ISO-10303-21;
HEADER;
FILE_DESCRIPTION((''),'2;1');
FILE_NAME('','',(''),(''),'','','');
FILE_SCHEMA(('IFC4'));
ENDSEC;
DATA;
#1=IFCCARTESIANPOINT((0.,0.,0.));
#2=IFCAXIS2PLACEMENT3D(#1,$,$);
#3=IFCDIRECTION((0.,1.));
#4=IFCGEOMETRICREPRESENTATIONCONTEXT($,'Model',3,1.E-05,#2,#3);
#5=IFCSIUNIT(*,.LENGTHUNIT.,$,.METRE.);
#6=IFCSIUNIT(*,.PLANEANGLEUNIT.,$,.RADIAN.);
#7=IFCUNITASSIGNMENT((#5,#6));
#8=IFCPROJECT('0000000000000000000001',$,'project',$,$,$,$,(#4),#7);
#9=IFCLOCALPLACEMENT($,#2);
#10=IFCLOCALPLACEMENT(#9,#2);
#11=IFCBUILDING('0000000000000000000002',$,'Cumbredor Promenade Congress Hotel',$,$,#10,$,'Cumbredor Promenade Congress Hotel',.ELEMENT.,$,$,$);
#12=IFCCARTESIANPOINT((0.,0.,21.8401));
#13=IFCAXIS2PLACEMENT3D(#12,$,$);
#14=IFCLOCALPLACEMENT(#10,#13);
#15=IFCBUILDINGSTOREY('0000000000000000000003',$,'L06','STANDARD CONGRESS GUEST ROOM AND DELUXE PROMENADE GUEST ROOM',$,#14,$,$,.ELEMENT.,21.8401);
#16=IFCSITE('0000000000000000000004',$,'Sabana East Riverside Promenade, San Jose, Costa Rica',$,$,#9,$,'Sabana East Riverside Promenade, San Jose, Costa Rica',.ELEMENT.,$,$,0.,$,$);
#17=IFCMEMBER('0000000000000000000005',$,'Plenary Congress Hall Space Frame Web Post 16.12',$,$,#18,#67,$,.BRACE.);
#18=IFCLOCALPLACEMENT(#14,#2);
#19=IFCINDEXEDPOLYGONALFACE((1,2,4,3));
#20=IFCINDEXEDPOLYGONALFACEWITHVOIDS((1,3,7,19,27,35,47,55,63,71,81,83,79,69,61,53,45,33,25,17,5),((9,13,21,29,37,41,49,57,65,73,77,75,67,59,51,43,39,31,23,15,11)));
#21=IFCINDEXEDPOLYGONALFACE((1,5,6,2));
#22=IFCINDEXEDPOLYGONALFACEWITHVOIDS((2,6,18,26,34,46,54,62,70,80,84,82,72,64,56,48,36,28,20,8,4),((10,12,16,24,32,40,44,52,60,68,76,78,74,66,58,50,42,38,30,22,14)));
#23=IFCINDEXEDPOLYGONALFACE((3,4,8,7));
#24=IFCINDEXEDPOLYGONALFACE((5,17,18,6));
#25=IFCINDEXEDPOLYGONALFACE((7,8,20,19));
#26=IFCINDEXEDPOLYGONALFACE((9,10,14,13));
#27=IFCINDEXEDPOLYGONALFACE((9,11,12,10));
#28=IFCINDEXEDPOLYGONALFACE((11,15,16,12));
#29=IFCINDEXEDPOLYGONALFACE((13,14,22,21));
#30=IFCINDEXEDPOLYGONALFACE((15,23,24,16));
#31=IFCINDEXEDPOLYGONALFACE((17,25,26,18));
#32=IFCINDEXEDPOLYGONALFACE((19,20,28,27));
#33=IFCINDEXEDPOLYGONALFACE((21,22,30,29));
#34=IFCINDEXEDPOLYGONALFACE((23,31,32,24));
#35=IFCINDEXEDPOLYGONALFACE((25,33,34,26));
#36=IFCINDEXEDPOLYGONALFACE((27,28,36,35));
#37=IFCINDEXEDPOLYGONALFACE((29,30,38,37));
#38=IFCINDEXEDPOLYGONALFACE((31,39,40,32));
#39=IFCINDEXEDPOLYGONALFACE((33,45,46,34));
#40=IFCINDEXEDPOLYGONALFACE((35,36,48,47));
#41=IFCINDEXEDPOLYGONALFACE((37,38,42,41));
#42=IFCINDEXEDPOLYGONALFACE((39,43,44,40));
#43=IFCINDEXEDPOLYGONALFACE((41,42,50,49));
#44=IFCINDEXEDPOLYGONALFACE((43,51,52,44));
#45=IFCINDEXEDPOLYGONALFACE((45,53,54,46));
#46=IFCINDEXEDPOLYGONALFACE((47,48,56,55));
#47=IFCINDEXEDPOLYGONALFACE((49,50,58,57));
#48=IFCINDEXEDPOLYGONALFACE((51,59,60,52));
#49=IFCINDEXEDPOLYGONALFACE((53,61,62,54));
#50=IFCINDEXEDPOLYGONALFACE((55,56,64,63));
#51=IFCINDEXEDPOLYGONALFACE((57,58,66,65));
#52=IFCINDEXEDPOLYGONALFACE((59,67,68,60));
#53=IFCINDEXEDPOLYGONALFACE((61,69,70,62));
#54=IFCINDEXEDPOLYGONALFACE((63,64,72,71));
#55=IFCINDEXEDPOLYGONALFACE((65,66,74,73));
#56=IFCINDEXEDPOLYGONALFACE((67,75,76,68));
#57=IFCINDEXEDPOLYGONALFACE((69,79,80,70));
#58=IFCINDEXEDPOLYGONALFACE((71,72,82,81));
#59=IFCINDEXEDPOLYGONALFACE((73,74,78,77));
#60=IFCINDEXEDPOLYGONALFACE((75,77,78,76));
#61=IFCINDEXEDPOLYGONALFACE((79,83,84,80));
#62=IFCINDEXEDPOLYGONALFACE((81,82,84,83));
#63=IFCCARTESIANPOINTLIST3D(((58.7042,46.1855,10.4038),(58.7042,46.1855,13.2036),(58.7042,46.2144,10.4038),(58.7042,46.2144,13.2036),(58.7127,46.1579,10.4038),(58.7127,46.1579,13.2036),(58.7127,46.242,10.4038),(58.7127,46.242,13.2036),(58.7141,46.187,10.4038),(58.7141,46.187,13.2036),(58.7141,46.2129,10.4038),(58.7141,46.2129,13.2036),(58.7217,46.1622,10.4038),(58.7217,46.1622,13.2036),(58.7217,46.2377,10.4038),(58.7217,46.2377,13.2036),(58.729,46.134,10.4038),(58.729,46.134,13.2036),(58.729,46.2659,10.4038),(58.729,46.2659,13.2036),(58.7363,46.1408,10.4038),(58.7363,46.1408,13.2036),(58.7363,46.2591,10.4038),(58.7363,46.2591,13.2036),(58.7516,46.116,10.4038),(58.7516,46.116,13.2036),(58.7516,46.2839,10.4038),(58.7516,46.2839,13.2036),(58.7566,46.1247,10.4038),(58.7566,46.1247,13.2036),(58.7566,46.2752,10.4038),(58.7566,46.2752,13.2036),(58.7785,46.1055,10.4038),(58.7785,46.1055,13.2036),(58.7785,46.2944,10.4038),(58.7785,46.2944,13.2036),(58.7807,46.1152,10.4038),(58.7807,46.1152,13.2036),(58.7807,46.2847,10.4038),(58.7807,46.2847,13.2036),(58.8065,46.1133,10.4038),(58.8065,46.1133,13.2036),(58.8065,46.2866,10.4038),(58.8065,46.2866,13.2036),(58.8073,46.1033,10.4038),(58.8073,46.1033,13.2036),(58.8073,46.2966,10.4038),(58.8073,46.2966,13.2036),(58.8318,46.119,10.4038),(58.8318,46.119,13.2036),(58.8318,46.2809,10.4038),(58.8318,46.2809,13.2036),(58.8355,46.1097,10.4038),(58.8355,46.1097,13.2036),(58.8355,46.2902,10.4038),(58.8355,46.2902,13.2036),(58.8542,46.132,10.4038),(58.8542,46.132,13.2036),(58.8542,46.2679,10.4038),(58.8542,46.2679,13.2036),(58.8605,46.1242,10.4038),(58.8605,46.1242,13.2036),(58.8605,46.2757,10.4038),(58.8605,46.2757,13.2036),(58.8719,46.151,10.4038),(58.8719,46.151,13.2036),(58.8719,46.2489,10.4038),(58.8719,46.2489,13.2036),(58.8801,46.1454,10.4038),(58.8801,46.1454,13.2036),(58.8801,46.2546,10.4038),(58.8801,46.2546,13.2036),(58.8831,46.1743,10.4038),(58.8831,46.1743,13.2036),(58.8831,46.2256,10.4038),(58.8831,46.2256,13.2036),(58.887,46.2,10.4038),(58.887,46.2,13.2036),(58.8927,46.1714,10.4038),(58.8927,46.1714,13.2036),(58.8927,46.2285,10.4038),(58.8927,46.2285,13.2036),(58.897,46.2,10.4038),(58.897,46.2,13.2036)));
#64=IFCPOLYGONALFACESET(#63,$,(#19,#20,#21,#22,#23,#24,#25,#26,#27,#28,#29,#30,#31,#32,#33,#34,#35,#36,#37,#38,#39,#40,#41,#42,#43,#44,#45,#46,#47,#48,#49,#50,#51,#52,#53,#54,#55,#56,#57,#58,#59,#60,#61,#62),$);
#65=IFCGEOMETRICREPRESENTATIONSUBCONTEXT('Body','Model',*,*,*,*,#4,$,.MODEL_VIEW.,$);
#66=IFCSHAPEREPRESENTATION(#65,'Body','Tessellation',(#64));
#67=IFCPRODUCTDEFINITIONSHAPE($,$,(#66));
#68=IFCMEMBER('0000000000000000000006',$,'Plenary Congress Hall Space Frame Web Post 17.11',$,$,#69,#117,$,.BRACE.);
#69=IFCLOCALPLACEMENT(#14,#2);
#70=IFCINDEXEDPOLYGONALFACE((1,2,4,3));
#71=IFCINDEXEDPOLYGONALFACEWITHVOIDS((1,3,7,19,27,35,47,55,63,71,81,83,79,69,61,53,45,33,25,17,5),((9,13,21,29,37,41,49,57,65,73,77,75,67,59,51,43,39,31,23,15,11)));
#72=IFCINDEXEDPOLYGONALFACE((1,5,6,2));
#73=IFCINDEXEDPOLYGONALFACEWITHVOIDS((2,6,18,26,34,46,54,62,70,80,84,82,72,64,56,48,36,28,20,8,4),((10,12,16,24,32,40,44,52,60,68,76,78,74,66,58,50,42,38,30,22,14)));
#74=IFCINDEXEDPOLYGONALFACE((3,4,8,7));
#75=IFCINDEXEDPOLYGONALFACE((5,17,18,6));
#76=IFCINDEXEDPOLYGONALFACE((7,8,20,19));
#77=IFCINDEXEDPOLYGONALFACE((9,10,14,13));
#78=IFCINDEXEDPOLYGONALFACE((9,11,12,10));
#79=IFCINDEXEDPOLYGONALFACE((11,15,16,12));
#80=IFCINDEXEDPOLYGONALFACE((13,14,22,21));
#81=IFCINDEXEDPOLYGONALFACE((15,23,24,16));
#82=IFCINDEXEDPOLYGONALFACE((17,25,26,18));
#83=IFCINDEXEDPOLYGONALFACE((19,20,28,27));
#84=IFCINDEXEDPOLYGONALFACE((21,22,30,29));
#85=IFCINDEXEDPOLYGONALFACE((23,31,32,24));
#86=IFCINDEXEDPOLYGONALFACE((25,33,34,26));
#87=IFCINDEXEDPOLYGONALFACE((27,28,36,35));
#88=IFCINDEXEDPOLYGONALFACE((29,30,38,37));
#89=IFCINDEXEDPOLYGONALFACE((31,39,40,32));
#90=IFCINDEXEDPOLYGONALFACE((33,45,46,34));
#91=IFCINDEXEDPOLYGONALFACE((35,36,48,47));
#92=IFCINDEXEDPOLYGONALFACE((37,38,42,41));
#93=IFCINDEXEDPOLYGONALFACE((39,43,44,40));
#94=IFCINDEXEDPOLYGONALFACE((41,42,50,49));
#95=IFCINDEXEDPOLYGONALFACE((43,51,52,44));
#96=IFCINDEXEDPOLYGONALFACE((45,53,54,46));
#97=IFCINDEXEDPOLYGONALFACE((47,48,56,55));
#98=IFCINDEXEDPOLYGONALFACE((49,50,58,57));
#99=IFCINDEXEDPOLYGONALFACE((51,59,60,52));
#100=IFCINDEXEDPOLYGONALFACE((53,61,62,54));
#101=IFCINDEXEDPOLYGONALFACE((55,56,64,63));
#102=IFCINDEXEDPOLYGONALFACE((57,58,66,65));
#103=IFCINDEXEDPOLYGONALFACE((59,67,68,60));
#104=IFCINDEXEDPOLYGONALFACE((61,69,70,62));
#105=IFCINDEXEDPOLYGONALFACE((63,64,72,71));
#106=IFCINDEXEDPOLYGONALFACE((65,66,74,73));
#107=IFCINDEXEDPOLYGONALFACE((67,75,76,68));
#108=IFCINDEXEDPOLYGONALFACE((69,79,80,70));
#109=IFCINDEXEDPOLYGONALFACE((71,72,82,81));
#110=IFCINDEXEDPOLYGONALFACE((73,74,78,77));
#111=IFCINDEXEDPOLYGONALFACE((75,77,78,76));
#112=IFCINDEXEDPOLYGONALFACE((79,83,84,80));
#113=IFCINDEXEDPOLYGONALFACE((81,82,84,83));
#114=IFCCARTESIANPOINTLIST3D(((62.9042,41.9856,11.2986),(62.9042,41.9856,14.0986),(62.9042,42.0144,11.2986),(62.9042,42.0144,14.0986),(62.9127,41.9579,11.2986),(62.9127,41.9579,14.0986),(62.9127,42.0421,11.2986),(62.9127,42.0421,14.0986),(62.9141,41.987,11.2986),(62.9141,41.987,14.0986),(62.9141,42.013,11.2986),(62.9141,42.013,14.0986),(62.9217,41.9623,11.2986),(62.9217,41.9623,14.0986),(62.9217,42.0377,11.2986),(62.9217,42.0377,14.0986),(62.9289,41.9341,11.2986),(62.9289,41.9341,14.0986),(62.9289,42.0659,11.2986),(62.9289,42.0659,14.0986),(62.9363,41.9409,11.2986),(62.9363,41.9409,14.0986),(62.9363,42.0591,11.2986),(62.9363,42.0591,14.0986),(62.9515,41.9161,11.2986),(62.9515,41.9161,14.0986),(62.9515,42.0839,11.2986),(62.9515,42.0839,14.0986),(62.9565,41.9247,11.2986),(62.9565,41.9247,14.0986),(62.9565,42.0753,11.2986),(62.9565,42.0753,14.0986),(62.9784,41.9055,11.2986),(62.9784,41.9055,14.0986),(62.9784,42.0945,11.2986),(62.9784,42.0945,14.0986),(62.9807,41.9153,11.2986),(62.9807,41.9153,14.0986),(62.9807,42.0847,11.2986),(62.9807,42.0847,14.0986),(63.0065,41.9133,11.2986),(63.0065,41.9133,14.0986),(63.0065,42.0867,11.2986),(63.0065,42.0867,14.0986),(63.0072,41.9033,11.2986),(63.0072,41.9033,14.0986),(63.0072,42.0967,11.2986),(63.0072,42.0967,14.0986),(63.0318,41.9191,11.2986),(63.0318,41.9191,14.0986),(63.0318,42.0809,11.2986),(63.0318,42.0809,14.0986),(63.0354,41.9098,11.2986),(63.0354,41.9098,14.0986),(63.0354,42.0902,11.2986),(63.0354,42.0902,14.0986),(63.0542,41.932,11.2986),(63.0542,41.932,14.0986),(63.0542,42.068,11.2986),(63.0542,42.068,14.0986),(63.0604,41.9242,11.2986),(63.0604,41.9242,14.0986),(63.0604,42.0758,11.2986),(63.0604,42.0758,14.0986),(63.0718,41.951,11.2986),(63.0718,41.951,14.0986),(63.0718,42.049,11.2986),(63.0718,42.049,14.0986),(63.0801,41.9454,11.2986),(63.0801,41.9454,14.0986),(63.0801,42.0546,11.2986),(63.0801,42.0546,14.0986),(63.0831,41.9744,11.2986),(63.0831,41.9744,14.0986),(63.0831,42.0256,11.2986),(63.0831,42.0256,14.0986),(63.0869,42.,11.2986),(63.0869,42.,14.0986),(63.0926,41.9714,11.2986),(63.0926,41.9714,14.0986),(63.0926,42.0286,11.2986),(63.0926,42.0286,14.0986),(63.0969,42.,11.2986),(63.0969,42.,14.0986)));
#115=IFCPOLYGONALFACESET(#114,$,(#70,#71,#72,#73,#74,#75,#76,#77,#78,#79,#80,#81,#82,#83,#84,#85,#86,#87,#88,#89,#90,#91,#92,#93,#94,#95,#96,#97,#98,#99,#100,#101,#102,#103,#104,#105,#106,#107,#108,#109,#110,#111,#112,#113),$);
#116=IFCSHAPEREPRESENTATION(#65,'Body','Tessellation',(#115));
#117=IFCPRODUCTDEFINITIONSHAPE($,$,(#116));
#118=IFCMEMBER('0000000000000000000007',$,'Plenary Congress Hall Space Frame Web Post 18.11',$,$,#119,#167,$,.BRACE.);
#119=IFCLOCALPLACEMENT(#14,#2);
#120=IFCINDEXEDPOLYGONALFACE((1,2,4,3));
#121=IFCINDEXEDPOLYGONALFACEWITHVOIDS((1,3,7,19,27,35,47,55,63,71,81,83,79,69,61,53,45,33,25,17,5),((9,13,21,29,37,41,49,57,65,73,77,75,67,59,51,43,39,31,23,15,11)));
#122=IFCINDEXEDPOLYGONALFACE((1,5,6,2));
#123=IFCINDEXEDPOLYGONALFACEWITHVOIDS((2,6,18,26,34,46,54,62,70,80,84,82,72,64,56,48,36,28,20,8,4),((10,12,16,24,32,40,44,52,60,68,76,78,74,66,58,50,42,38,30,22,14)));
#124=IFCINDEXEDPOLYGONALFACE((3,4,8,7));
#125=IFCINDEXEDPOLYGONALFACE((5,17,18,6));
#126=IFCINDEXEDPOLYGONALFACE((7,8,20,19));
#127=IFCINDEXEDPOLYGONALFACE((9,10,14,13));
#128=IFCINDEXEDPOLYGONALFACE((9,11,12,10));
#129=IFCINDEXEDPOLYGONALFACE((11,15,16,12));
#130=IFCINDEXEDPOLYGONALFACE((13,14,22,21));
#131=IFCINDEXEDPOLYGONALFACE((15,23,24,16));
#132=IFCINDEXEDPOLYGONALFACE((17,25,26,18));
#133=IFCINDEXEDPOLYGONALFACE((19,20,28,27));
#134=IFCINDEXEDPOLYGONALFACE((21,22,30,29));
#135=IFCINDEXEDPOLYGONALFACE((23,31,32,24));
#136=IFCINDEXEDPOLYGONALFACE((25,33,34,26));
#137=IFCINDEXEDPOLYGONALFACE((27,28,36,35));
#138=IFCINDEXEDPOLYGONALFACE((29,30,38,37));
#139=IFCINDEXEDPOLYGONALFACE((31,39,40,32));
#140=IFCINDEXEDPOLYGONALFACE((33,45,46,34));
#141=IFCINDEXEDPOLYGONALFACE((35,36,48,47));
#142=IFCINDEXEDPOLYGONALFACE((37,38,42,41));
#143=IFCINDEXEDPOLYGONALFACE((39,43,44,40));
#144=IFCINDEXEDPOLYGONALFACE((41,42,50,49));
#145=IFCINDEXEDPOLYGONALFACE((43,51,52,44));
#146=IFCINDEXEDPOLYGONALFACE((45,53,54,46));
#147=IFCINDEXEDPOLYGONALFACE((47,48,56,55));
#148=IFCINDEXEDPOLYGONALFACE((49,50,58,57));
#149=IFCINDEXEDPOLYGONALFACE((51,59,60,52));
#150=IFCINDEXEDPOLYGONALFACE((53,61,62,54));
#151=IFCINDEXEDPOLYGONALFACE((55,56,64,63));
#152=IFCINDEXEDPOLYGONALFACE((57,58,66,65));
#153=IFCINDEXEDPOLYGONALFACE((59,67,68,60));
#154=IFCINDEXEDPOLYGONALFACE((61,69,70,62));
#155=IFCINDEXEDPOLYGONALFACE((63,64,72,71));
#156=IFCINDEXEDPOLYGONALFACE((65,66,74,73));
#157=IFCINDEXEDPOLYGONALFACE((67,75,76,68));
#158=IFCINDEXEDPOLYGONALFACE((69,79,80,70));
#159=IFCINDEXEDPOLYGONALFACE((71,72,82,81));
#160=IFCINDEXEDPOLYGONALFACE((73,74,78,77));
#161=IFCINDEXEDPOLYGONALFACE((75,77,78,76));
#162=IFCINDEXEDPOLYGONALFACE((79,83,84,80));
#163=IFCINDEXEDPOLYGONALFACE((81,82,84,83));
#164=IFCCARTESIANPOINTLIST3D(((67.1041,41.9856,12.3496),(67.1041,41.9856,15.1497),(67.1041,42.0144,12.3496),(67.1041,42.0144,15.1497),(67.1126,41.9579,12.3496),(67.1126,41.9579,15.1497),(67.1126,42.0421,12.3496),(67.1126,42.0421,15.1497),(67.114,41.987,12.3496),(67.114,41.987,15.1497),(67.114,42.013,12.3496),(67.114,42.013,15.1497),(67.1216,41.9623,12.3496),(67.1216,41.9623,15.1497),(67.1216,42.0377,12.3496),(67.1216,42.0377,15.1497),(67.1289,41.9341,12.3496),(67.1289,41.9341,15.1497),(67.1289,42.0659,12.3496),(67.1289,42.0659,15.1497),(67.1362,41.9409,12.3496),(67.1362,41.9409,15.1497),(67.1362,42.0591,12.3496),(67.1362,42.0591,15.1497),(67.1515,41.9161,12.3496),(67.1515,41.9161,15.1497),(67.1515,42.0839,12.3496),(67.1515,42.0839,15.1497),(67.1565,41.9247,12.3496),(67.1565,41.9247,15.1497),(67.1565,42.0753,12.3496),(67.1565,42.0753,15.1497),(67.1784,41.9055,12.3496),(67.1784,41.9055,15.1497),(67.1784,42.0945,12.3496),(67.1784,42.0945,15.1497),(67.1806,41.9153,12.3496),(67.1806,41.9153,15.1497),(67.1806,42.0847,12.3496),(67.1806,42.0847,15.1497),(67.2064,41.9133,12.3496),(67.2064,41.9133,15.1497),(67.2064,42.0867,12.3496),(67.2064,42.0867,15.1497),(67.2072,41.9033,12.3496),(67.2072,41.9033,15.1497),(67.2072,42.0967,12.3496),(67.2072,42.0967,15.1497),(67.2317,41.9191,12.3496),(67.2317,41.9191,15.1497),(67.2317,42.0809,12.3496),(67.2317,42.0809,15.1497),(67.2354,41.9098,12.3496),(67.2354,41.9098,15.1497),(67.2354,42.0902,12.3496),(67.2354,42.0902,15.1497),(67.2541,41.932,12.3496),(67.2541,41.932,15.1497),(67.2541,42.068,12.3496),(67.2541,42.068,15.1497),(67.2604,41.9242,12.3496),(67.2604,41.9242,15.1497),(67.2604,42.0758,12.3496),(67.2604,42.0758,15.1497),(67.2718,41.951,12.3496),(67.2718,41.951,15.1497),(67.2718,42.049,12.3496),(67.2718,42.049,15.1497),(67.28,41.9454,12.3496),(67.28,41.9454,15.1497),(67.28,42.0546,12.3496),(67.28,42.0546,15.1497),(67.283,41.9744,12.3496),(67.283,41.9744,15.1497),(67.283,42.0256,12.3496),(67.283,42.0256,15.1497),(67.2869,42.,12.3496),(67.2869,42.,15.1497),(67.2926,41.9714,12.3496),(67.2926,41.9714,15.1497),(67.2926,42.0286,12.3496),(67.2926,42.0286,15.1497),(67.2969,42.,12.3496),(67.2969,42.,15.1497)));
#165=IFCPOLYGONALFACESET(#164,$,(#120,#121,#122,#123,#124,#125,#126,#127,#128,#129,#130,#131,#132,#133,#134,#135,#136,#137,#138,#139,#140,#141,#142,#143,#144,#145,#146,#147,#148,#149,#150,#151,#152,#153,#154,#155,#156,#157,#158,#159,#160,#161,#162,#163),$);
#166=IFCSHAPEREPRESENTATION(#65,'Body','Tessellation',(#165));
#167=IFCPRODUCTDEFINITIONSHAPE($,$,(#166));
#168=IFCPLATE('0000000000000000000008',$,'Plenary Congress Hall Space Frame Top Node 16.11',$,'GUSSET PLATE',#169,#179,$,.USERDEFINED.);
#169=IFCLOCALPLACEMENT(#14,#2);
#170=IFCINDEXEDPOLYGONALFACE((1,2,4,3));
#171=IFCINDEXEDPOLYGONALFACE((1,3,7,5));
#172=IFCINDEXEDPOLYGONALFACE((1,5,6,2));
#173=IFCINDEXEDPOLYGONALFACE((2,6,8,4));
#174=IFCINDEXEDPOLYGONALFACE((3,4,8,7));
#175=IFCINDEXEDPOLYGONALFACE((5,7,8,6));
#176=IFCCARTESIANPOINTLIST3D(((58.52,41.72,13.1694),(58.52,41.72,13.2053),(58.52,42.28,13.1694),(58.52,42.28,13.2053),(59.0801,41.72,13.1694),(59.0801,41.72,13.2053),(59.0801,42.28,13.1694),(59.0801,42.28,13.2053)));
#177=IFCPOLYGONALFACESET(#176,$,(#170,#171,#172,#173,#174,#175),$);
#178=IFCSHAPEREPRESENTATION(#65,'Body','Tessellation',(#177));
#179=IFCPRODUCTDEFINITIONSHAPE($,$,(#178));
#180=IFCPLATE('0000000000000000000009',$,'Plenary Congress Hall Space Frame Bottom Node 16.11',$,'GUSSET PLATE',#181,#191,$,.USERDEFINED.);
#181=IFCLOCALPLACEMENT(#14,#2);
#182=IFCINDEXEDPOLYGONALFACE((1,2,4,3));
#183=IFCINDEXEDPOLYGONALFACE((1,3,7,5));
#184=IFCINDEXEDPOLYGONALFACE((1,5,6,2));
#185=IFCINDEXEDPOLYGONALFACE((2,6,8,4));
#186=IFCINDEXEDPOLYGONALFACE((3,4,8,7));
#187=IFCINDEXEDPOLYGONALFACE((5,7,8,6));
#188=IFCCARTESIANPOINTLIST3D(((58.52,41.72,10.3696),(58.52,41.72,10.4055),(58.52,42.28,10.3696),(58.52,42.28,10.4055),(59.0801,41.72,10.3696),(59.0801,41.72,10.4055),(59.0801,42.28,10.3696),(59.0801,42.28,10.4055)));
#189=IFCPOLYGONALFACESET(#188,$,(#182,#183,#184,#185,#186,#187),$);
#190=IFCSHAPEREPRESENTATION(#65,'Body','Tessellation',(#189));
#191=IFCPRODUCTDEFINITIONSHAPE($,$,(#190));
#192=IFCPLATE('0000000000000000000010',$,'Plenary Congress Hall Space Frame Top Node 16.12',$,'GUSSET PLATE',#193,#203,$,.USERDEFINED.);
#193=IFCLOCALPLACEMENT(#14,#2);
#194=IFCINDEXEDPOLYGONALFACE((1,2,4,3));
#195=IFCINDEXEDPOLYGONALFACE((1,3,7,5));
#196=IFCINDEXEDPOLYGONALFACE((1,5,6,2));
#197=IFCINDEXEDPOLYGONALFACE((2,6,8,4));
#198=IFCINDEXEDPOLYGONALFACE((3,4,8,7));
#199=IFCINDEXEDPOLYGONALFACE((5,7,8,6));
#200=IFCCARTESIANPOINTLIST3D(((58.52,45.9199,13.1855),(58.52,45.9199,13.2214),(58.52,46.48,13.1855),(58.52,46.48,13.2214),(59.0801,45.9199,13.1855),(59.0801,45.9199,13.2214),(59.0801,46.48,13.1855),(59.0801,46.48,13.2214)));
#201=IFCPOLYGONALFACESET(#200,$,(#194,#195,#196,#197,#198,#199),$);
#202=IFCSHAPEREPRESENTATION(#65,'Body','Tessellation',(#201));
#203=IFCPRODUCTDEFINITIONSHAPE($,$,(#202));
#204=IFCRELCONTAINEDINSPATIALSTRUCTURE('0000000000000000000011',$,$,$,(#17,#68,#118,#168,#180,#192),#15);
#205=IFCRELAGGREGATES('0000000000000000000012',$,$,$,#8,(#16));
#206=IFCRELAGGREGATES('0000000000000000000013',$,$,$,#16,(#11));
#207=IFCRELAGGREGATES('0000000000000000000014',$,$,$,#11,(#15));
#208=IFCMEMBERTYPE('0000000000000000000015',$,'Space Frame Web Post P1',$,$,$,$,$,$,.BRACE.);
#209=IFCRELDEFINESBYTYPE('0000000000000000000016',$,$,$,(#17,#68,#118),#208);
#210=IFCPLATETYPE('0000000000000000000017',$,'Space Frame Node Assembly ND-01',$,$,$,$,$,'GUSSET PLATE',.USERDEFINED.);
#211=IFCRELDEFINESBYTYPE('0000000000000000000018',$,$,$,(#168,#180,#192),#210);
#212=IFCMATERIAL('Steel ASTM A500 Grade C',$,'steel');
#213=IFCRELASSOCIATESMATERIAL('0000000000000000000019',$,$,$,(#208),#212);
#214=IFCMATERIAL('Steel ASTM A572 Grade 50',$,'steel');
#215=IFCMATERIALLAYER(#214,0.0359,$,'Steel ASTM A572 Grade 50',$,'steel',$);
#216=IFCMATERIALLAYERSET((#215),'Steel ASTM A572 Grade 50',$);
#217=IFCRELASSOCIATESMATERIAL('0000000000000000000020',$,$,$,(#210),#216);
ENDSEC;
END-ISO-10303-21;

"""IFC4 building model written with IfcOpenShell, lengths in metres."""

from ifc_helpers import new_model, si_unit, direction, frame, origin, origin_2d, place, context, subcontext, project, spatial, rectangle, hollow_circle, extrude, material, layer, layer_set, material_profile, profile_set, type_object, element, save


model = new_model("IFC4")

# Units and contexts
model_context = context("Model", 3, precision=1e-05, world=origin(), true_north=direction((0.0, 1.0)))
body_context = subcontext(model_context, "Body", "Model", "MODEL_VIEW")
ifc_project = project(units=[si_unit("LENGTHUNIT", "METRE"), si_unit("PLANEANGLEUNIT", "RADIAN")], contexts=[model_context])

# Site, building, storey
site_placement = place(None, origin())
site = spatial("IfcSite", under=ifc_project, at=site_placement, Name="Sabana East Riverside Promenade, San Jose, Costa Rica", LongName="Sabana East Riverside Promenade, San Jose, Costa Rica", CompositionType="ELEMENT", RefElevation=0.0)
building_placement = place(site_placement, origin())
building = spatial("IfcBuilding", under=site, at=building_placement, Name="Cumbredor Promenade Congress Hotel", LongName="Cumbredor Promenade Congress Hotel", CompositionType="ELEMENT")
storey_placement = place(building_placement, frame((0.0, 0.0, 21.8401)))
storey = spatial("IfcBuildingStorey", under=building, at=storey_placement, Name="L06", Description="STANDARD CONGRESS GUEST ROOM AND DELUXE PROMENADE GUEST ROOM", CompositionType="ELEMENT", Elevation=21.8401)

# Members
ifc_material_1 = material(Name="Steel ASTM A500 Grade C", Category="steel")
ifc_material_profile_1 = material_profile(ifc_material_1, hollow_circle(Radius=0.0969, WallThickness=0.01, at=origin_2d()), Name="CHS 193.7x10")
ifc_profile_set_1 = profile_set([ifc_material_profile_1], Name="Steel ASTM A500 Grade C")
member_type_1 = type_object("IfcMemberType", Name="Space Frame Web Post P1", PredefinedType="BRACE", material=ifc_profile_set_1)
for number, where, z_axis, x_axis, name in (
    (1, (58.8, 46.2, 10.4038), (0.0, 0.0, 1.0), (1.0, 0.0, 0.0), "Plenary Congress Hall Space Frame Web Post 16.12"),
):
    element("IfcMember", number, at=place(storey_placement, frame(where, z_axis=z_axis, x_axis=x_axis)), inside=storey, type_object=member_type_1, Name=name, PredefinedType="BRACE", context=body_context, shape_type="SweptSolid", body=[
        extrude(hollow_circle(Radius=0.0969, WallThickness=0.01, at=origin_2d()), origin(), (0.0, 0.0, 1.0), 2.7998),
    ])
for number, where, z_axis, x_axis, name in (
    (2, (63.0, 42.0, 11.2986), (0.0, 0.0, 1.0), (1.0, 0.0, 0.0), "Plenary Congress Hall Space Frame Web Post 17.11"),
    (3, (67.2, 42.0, 12.3496), (0.0, 0.0, 1.0), (1.0, 0.0, 0.0), "Plenary Congress Hall Space Frame Web Post 18.11"),
):
    element("IfcMember", number, at=place(storey_placement, frame(where, z_axis=z_axis, x_axis=x_axis)), inside=storey, type_object=member_type_1, Name=name, PredefinedType="BRACE", context=body_context, shape_type="SweptSolid", body=[
        extrude(hollow_circle(Radius=0.0969, WallThickness=0.01, at=origin_2d()), origin(), (0.0, 0.0, 1.0), 2.8),
    ])

# Plates
ifc_material_2 = material(Name="Steel ASTM A572 Grade 50", Category="steel")
ifc_layer = layer(ifc_material_2, 0.0359, Name="Steel ASTM A572 Grade 50", Category="steel")
ifc_layer_set = layer_set([ifc_layer], Name="Steel ASTM A572 Grade 50")
plate_type = type_object("IfcPlateType", Name="Space Frame Node Assembly ND-01", ElementType="GUSSET PLATE", PredefinedType="USERDEFINED", material=ifc_layer_set)
for number, where, z_axis, x_axis, name in (
    (4, (58.8, 42.0, 13.1694), (0.0, 0.0, 1.0), (1.0, 0.0, 0.0), "Plenary Congress Hall Space Frame Top Node 16.11"),
    (5, (58.8, 42.0, 10.3696), (0.0, 0.0, 1.0), (1.0, 0.0, 0.0), "Plenary Congress Hall Space Frame Bottom Node 16.11"),
    (6, (58.8, 46.2, 13.1855), (0.0, 0.0, 1.0), (1.0, 0.0, 0.0), "Plenary Congress Hall Space Frame Top Node 16.12"),
):
    element("IfcPlate", number, at=place(storey_placement, frame(where, z_axis=z_axis, x_axis=x_axis)), inside=storey, type_object=plate_type, Name=name, ObjectType="GUSSET PLATE", PredefinedType="USERDEFINED", context=body_context, shape_type="SweptSolid", body=[
        extrude(rectangle(XDim=0.5601, YDim=0.5601, at=origin_2d()), origin(), (0.0, 0.0, 1.0), 0.0359),
    ])

save(model, "model.ifc")
